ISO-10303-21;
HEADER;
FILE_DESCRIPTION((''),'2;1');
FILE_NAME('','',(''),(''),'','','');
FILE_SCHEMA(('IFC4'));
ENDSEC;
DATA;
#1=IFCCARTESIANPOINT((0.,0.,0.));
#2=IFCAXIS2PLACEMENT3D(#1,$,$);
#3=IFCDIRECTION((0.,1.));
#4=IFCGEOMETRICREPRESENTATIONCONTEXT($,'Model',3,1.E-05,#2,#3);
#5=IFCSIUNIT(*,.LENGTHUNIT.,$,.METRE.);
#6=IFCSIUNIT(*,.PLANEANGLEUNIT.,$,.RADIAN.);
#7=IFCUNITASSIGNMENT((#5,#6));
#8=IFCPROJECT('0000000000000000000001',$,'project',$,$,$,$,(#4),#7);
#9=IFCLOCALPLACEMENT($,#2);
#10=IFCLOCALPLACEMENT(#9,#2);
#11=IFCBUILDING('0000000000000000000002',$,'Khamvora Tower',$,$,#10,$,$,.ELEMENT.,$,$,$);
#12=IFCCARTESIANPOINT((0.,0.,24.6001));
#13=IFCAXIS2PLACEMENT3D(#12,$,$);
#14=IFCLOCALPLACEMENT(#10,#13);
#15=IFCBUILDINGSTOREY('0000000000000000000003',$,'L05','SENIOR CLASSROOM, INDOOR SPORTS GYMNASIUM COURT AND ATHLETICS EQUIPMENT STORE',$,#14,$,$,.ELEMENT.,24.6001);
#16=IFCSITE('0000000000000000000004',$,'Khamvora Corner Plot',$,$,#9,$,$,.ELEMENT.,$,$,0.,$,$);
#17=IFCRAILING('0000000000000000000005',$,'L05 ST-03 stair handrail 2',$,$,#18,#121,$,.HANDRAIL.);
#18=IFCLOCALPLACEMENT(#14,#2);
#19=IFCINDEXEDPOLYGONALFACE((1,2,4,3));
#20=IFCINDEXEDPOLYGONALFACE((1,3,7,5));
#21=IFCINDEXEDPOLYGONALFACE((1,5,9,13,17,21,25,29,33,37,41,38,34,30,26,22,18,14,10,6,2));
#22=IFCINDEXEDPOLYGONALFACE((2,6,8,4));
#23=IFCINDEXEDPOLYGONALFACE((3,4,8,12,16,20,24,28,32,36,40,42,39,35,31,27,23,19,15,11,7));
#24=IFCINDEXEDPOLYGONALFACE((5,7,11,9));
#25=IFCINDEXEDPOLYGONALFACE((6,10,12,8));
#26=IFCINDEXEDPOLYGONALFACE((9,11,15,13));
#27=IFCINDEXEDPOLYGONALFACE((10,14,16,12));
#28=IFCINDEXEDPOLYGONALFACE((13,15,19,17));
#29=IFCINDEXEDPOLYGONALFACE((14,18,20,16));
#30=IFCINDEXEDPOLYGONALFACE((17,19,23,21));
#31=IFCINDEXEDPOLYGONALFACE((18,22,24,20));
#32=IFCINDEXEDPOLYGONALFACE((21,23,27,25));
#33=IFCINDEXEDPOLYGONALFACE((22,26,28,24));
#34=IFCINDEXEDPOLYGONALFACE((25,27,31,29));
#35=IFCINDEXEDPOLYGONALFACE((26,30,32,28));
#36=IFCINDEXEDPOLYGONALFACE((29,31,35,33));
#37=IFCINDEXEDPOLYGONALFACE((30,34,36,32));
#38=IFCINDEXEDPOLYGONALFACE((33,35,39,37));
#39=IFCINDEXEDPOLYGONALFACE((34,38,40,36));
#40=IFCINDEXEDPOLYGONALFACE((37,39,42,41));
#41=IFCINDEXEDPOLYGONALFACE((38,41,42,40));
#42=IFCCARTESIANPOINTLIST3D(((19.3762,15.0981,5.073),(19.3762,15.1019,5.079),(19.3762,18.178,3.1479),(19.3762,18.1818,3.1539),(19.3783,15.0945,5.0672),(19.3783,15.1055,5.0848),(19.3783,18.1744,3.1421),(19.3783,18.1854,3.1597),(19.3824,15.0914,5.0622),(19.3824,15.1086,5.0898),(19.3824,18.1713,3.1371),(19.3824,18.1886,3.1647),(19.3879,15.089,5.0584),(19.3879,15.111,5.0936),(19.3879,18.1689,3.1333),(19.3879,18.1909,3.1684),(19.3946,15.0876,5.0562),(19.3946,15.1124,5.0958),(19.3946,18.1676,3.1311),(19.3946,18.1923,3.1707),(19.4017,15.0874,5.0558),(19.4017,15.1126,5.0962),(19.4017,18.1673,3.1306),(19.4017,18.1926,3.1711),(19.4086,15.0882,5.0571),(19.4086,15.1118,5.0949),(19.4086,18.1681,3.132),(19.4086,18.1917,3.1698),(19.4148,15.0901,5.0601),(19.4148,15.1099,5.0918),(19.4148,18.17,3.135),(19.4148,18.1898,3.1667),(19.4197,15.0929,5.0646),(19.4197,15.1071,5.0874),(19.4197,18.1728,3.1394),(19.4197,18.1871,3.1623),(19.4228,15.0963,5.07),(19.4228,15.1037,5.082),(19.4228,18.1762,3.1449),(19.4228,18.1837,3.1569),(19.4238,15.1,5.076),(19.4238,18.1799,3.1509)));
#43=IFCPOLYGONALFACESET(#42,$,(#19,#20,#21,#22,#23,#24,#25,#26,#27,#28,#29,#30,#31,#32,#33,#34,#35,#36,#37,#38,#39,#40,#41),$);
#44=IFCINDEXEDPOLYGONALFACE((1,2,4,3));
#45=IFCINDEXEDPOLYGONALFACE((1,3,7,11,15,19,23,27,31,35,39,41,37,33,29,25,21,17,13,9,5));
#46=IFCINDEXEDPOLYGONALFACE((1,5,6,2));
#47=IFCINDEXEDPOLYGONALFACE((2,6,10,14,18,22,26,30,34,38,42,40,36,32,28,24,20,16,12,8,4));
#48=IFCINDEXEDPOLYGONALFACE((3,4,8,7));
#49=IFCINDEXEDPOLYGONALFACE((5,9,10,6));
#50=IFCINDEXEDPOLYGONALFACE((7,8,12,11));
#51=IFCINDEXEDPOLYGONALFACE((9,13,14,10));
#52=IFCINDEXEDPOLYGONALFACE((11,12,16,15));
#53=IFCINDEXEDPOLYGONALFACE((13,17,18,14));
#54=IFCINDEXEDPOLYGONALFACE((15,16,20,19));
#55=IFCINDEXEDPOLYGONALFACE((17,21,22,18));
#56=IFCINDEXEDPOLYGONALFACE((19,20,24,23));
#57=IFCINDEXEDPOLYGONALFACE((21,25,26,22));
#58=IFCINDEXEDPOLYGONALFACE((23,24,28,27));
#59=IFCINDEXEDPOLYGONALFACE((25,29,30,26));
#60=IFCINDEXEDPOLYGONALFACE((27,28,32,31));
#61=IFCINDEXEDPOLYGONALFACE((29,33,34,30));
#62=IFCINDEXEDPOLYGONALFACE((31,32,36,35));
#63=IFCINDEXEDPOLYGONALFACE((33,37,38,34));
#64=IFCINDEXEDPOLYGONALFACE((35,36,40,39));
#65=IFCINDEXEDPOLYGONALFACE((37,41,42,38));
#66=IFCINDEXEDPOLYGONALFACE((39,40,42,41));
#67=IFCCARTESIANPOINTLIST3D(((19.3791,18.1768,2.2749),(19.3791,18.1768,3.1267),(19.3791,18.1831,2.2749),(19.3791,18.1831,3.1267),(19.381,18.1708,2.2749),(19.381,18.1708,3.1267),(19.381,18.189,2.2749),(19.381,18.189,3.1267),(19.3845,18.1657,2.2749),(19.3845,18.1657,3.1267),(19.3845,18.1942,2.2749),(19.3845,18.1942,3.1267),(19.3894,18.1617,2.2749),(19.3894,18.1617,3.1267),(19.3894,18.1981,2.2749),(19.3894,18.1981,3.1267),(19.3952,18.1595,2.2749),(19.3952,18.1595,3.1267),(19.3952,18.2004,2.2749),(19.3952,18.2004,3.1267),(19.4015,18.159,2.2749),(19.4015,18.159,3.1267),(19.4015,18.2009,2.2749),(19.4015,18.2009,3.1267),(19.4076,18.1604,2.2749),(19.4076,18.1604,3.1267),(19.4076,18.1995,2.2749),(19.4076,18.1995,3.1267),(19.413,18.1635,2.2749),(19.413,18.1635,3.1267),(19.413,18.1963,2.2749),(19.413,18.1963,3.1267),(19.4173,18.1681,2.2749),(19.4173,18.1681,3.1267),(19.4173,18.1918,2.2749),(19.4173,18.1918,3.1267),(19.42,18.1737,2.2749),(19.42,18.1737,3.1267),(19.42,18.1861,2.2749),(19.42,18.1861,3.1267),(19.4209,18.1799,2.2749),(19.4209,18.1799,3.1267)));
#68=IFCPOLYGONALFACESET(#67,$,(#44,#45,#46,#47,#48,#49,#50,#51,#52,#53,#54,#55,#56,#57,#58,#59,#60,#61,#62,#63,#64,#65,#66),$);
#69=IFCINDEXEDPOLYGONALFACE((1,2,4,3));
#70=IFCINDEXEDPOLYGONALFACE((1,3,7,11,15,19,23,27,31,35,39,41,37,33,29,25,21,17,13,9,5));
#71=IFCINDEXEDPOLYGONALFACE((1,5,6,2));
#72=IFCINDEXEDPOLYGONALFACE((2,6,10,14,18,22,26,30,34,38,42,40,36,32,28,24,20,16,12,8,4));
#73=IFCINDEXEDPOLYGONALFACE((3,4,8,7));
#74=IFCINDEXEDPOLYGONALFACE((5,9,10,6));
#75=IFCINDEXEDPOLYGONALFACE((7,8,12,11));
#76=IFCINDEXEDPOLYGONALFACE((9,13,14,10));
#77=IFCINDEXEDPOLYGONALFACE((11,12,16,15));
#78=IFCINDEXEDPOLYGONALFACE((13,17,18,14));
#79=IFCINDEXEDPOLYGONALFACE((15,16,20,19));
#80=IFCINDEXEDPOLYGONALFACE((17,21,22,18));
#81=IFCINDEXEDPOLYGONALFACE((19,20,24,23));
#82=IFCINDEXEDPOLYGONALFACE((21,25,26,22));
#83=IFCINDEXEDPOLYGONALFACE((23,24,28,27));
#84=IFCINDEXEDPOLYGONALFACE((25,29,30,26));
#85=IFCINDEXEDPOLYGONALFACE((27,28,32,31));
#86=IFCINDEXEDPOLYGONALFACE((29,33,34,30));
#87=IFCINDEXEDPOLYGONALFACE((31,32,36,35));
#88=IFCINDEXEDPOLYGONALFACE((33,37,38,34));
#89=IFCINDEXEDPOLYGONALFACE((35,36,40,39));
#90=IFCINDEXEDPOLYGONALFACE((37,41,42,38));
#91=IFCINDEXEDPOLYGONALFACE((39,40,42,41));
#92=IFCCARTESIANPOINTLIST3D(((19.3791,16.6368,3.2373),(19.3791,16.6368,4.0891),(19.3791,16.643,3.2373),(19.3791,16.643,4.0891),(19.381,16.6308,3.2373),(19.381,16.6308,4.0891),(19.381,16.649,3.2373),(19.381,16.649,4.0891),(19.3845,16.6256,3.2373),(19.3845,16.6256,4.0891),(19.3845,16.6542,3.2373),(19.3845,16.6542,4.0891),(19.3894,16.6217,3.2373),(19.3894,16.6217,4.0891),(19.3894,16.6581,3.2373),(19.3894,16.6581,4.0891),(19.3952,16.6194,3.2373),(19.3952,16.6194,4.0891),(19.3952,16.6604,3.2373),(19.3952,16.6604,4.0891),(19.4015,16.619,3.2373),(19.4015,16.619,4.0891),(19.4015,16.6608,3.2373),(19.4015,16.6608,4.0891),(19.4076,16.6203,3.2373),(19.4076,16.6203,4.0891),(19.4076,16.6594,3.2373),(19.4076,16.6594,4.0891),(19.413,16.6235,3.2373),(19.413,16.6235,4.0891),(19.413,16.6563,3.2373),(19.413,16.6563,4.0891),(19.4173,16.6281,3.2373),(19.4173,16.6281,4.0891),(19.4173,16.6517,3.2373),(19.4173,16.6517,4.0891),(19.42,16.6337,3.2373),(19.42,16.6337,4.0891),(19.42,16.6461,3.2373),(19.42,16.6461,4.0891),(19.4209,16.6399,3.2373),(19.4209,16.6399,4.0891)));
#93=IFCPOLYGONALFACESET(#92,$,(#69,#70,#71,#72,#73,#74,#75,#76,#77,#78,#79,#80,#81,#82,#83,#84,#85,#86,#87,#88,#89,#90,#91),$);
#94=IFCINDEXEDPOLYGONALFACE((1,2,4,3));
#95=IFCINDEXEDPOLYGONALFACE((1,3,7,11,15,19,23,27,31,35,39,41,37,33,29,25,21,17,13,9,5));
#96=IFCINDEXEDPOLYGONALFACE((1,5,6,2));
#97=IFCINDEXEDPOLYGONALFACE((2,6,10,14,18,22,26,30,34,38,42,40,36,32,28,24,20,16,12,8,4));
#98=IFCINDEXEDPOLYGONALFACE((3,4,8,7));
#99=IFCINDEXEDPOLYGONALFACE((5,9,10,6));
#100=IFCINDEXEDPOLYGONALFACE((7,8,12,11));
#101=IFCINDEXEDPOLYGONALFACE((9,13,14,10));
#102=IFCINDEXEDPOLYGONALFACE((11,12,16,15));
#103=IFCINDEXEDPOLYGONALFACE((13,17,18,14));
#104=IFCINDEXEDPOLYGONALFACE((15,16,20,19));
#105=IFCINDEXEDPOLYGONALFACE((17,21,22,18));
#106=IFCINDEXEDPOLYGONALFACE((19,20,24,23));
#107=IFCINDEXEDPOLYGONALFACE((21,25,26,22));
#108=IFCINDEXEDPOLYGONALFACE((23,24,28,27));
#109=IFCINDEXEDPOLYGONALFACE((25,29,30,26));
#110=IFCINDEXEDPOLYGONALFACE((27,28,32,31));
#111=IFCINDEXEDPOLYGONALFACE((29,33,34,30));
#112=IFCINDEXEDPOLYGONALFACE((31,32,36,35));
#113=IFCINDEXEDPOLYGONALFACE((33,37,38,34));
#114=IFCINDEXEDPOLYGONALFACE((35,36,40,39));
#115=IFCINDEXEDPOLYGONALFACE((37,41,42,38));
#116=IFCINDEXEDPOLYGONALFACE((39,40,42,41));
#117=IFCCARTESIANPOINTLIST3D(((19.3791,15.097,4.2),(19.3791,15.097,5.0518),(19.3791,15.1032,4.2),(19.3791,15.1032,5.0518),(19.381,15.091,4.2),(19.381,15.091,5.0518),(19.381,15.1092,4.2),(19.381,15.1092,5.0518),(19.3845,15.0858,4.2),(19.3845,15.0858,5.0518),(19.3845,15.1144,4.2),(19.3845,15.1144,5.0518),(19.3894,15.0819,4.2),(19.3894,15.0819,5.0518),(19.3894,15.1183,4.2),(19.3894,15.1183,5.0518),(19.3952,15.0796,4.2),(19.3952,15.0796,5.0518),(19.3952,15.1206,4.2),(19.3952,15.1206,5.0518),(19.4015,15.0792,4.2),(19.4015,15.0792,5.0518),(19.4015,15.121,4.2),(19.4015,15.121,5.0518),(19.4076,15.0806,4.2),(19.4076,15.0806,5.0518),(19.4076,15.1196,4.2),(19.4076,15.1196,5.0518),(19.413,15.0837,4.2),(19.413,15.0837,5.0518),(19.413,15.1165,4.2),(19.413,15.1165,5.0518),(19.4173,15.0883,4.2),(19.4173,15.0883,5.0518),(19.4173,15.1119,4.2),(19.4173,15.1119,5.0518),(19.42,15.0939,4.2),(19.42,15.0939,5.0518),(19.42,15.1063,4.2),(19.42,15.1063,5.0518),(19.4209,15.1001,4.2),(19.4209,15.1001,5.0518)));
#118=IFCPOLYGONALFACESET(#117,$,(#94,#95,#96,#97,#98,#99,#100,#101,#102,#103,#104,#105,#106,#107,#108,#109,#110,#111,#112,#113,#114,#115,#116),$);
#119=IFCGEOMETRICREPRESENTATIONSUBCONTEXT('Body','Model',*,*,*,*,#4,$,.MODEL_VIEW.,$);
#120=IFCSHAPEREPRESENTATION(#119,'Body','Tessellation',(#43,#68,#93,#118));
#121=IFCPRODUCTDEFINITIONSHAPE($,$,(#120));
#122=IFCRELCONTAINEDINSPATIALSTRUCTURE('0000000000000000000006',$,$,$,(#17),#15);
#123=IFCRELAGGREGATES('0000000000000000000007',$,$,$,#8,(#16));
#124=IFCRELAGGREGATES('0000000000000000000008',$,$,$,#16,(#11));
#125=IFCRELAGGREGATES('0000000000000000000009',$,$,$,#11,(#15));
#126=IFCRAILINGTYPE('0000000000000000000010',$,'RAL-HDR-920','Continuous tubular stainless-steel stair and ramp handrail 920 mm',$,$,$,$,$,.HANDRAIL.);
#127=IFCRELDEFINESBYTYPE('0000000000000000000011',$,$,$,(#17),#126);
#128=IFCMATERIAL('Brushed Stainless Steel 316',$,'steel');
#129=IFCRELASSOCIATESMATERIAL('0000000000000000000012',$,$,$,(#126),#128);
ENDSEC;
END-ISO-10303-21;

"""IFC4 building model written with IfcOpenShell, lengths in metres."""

from ifc_helpers import new_model, si_unit, direction, frame, origin, origin_2d, place, context, subcontext, project, spatial, circle, extrude, material, type_object, element, save


model = new_model("IFC4")

# Units and contexts
model_context = context("Model", 3, precision=1e-05, world=origin(), true_north=direction((0.0, 1.0)))
body_context = subcontext(model_context, "Body", "Model", "MODEL_VIEW")
ifc_project = project(units=[si_unit("LENGTHUNIT", "METRE"), si_unit("PLANEANGLEUNIT", "RADIAN")], contexts=[model_context])

# Site, building, storey
site_placement = place(None, origin())
site = spatial("IfcSite", under=ifc_project, at=site_placement, Name="Khamvora Corner Plot", CompositionType="ELEMENT", RefElevation=0.0)
building_placement = place(site_placement, origin())
building = spatial("IfcBuilding", under=site, at=building_placement, Name="Khamvora Tower", CompositionType="ELEMENT")
storey_placement = place(building_placement, frame((0.0, 0.0, 24.6001)))
storey = spatial("IfcBuildingStorey", under=building, at=storey_placement, Name="L05", Description="SENIOR CLASSROOM, INDOOR SPORTS GYMNASIUM COURT AND ATHLETICS EQUIPMENT STORE", CompositionType="ELEMENT", Elevation=24.6001)

# Railing
ifc_material_1 = material(Name="Brushed Stainless Steel 316", Category="steel")
railing_type_1 = type_object("IfcRailingType", Name="RAL-HDR-920", Description="Continuous tubular stainless-steel stair and ramp handrail 920 mm", PredefinedType="HANDRAIL", material=ifc_material_1)
railing_1_placement = place(storey_placement, frame((19.3999, 18.1799, 2.2749)))
element("IfcRailing", 1, at=railing_1_placement, inside=storey, type_object=railing_type_1, Name="L05 ST-03 stair handrail 2", PredefinedType="HANDRAIL", context=body_context, shape_type="SweptSolid", body=[
    extrude(circle(Radius=0.0239, at=origin_2d()), frame((0.0, 0.0, 0.876), z_axis=(0.0, -0.847979, 0.530029), x_axis=(1.0, 0.0, 0.0)), (0.0, 0.0, 1.0), 3.6321),
    extrude(circle(Radius=0.021, at=origin_2d()), origin(), (0.0, 0.0, 1.0), 0.8518),
    extrude(circle(Radius=0.021, at=origin_2d()), frame((0.0, -1.54, 0.9624)), (0.0, 0.0, 1.0), 0.8518),
    extrude(circle(Radius=0.021, at=origin_2d()), frame((0.0, -3.0798, 1.925)), (0.0, 0.0, 1.0), 0.8518),
])

save(model, "model.ifc")
